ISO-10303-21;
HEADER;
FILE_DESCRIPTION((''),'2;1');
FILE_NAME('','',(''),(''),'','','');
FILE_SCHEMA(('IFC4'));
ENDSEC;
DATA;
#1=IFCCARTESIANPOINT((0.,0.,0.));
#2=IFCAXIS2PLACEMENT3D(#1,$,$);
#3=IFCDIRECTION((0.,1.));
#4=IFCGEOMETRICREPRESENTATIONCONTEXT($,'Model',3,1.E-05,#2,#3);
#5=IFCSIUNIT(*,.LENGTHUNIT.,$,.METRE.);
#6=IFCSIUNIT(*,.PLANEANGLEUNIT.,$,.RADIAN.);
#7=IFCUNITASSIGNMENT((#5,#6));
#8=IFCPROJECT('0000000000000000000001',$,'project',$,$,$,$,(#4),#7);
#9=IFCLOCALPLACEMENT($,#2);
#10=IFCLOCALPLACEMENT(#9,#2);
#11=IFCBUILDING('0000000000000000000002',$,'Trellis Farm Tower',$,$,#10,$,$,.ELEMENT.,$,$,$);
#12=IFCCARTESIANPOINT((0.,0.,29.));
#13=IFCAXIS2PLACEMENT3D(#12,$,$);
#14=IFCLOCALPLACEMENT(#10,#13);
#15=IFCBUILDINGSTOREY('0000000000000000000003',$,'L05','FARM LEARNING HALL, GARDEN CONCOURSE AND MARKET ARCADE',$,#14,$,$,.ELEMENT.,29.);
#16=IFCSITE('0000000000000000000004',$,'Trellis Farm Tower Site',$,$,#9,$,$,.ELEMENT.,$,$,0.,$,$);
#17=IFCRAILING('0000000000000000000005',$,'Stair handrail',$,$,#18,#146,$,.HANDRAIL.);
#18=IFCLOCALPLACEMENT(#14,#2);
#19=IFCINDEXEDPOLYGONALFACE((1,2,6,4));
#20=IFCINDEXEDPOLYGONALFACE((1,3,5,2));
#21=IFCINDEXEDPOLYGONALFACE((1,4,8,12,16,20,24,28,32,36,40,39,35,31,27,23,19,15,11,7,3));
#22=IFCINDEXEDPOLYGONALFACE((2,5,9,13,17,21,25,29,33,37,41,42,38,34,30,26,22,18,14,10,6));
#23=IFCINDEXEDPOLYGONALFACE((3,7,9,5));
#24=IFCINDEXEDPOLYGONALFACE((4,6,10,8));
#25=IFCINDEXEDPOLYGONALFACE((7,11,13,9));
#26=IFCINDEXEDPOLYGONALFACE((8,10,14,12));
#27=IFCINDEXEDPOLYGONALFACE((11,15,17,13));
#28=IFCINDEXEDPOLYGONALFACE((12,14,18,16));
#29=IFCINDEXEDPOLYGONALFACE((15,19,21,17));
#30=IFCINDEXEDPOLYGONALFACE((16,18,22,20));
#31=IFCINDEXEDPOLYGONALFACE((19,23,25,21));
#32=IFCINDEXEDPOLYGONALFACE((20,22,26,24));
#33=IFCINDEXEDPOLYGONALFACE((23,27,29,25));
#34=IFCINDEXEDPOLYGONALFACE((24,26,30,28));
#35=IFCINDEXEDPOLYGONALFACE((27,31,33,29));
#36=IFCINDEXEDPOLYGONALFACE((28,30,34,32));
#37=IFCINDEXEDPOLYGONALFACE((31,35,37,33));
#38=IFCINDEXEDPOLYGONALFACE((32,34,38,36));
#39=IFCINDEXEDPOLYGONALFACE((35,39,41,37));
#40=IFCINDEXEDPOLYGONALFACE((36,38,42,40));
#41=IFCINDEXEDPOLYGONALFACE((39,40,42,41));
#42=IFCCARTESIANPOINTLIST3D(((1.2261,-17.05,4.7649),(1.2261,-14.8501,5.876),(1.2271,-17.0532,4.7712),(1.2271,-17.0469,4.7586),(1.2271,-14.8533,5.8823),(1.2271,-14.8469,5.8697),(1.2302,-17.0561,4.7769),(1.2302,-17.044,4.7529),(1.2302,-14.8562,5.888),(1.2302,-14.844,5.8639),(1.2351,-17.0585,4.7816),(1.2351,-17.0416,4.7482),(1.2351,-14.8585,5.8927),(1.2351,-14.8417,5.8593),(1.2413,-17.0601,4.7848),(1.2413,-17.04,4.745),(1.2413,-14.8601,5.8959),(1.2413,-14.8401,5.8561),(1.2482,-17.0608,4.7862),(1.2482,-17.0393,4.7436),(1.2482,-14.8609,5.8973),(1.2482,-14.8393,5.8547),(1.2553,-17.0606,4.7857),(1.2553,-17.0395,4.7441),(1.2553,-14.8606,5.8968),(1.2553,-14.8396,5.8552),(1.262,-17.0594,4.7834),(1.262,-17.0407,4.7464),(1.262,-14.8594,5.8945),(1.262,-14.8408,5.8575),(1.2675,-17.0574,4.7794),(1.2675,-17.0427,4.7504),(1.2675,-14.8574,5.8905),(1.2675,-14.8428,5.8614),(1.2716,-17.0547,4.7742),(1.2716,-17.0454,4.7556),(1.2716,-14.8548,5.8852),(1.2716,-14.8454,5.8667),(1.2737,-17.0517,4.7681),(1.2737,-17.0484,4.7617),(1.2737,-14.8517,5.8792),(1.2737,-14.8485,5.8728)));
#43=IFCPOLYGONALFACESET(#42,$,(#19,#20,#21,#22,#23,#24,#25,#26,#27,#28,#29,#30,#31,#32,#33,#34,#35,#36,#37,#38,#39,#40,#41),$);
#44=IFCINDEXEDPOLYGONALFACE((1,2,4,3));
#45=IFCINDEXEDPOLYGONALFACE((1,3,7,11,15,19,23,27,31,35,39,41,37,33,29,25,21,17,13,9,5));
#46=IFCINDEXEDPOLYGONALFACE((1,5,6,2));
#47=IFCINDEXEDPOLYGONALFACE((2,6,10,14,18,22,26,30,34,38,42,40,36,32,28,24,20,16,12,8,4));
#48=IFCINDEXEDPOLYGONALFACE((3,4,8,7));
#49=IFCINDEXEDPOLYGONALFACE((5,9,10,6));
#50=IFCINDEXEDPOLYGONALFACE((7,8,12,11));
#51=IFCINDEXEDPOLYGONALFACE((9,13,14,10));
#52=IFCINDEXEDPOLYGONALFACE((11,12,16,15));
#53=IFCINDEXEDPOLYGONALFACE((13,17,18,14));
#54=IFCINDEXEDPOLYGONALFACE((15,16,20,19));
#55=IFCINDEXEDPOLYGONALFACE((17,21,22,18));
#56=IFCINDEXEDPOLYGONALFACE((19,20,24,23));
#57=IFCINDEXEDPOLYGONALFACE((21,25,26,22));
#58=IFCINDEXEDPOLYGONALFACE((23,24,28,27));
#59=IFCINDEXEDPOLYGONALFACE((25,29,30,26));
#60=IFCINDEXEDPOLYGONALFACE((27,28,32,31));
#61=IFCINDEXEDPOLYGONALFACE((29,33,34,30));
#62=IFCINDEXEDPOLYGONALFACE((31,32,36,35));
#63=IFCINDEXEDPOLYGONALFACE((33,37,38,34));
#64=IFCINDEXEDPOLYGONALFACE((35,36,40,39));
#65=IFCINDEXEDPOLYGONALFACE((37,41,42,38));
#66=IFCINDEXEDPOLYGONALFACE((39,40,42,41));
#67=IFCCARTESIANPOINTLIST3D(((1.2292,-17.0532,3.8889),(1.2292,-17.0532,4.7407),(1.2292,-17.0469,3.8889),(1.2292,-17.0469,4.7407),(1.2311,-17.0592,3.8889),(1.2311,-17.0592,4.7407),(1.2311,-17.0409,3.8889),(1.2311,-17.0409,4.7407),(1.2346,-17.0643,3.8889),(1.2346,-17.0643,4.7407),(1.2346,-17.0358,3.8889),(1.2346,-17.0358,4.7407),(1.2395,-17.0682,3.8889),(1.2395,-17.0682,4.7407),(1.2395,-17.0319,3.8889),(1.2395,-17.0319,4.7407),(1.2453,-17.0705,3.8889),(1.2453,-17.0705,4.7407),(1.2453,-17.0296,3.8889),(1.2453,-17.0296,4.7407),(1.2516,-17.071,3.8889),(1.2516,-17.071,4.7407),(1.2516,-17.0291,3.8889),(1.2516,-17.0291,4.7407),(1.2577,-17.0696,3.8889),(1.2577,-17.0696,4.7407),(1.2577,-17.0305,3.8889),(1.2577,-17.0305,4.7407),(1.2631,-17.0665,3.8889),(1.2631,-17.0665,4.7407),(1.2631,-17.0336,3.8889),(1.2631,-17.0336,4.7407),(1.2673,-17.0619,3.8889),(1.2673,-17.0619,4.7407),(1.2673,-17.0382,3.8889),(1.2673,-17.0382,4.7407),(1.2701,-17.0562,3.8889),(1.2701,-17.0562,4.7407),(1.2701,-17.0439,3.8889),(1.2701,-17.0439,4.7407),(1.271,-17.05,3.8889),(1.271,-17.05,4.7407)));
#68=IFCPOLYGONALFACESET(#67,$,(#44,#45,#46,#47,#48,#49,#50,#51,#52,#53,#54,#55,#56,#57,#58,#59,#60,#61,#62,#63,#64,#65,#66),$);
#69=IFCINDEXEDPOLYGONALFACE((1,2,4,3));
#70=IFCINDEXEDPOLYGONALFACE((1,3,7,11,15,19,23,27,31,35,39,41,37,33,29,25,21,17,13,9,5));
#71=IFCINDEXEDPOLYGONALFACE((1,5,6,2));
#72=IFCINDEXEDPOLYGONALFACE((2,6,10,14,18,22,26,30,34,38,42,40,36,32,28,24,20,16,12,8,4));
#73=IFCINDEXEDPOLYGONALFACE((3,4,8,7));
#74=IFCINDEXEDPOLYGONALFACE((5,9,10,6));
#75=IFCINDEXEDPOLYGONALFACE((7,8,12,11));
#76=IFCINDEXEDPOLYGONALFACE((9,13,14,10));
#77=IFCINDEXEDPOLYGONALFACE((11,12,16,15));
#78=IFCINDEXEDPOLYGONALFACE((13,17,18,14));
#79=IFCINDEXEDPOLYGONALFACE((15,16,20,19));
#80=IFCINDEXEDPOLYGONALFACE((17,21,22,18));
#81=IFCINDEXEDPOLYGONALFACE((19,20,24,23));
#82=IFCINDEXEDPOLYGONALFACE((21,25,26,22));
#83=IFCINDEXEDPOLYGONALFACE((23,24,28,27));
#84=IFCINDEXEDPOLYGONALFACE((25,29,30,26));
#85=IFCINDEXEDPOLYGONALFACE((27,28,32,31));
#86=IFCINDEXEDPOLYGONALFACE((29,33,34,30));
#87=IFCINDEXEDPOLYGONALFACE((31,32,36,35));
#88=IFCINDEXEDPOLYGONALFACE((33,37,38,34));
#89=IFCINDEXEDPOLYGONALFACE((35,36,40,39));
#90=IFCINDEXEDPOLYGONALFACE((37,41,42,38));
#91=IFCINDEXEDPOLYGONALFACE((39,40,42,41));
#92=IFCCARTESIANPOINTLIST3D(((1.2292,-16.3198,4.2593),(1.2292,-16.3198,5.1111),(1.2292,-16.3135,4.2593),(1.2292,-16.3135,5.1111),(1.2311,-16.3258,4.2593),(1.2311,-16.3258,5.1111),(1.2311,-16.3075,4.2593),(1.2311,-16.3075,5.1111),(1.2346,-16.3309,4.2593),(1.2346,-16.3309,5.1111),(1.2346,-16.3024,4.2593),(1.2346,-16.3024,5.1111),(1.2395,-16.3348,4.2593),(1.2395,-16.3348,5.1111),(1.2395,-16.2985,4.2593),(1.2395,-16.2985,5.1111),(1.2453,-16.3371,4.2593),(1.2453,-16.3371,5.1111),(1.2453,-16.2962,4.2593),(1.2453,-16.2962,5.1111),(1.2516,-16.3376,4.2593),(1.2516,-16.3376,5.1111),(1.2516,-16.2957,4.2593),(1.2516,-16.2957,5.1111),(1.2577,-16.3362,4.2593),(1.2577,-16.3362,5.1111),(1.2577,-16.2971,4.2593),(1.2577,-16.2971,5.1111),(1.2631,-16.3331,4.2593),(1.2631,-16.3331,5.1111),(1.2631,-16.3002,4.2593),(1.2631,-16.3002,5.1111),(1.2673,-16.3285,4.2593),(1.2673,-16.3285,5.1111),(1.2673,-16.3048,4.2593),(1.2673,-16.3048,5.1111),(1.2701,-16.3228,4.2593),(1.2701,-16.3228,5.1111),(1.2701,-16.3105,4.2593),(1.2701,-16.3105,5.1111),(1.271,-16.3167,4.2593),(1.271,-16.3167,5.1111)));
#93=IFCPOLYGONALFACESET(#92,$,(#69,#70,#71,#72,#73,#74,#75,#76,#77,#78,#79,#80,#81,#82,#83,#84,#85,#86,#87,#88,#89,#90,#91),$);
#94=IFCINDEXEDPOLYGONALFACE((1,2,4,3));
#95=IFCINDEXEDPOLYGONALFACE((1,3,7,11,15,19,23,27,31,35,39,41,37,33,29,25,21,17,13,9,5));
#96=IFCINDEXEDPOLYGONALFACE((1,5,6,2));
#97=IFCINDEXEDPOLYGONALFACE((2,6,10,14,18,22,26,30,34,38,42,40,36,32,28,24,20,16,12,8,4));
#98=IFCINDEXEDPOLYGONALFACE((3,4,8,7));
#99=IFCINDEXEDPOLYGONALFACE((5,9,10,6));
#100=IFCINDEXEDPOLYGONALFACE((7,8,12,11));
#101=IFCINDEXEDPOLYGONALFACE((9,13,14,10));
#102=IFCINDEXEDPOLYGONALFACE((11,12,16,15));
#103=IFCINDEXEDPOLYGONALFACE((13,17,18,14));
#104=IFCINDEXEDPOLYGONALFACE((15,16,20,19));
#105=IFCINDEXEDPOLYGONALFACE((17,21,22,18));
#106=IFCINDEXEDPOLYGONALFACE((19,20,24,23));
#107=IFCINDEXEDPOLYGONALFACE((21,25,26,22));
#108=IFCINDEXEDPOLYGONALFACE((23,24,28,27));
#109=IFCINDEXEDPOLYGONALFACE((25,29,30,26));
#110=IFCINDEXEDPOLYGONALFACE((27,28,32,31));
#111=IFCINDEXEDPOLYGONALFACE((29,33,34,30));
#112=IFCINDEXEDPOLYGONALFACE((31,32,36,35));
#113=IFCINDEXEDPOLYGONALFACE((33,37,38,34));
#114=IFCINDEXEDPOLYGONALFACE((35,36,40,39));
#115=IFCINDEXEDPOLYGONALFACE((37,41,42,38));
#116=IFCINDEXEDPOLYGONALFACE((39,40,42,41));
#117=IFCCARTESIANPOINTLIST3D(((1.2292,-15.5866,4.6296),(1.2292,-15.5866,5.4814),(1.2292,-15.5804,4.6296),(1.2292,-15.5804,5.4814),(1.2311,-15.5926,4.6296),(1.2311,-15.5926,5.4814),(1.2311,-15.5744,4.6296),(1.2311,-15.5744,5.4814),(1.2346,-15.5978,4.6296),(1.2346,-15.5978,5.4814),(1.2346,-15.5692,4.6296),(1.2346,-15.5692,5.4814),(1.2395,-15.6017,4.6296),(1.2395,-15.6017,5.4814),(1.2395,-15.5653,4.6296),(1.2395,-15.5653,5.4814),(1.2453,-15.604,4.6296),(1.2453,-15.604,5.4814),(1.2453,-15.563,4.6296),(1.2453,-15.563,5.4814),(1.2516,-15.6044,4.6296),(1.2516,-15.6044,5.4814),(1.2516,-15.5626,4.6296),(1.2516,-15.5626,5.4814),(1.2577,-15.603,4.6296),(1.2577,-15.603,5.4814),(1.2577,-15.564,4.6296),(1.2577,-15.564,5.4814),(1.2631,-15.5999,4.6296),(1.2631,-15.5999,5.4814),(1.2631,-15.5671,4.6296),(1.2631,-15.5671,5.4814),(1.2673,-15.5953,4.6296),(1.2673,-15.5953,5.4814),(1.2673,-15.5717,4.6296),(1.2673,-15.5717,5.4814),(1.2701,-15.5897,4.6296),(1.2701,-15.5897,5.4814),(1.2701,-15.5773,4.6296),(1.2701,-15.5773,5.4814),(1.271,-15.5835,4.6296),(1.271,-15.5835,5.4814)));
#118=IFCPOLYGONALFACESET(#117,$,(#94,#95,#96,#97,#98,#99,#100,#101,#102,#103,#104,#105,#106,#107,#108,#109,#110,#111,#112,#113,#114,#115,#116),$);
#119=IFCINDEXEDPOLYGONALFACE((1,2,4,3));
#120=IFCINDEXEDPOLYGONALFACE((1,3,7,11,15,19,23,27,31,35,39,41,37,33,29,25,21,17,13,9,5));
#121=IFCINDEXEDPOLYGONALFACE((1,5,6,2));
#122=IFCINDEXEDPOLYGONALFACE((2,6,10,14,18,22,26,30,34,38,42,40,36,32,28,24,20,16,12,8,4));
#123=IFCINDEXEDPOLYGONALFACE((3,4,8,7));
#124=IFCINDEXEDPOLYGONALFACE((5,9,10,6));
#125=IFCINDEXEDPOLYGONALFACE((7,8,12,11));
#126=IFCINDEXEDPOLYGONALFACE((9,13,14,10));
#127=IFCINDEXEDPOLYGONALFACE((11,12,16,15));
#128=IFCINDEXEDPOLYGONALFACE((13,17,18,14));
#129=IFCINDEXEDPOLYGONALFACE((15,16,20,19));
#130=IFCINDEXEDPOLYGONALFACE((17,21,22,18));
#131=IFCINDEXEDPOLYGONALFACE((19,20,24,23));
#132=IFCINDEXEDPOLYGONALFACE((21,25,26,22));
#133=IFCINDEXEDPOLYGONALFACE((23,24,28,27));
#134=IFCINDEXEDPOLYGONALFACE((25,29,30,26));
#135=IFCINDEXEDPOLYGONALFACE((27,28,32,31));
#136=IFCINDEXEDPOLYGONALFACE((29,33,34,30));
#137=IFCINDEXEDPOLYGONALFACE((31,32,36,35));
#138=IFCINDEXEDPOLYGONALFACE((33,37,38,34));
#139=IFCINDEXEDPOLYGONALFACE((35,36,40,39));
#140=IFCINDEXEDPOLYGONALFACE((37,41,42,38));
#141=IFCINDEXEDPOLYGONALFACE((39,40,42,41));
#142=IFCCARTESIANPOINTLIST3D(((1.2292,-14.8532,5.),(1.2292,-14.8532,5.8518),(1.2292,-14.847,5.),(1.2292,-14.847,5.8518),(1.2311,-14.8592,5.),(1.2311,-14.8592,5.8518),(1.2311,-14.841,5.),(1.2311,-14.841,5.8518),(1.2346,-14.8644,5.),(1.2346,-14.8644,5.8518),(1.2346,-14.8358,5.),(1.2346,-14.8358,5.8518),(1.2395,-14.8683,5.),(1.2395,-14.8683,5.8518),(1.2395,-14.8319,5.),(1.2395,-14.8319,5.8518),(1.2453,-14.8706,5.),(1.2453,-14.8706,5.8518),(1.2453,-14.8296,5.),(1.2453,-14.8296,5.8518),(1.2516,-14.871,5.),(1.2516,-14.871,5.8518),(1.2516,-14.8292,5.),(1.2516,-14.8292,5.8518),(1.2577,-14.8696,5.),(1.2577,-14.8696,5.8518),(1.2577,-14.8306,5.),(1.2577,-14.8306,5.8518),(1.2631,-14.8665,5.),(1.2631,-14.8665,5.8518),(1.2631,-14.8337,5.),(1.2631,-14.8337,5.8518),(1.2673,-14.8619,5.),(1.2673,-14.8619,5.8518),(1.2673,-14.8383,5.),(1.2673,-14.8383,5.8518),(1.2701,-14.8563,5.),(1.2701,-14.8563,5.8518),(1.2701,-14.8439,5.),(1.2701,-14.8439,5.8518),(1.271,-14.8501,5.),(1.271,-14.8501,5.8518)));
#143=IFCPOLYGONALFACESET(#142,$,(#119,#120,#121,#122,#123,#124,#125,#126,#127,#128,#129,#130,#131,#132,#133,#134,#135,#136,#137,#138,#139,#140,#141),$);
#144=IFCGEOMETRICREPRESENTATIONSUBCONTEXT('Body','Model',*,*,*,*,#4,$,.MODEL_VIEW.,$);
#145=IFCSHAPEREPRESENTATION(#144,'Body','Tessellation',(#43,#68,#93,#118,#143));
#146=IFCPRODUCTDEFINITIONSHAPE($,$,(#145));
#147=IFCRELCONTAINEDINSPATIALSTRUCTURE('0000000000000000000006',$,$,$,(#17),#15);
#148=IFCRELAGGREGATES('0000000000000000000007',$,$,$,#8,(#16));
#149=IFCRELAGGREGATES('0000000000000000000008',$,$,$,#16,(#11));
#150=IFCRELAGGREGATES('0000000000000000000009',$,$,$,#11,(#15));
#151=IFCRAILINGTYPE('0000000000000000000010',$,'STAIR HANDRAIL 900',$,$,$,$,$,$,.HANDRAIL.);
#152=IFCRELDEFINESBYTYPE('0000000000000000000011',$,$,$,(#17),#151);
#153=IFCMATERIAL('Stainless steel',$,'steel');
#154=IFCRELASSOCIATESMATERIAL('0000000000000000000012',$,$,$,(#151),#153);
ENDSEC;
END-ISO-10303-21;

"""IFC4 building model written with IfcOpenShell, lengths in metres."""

from ifc_helpers import new_model, si_unit, direction, frame, origin, origin_2d, place, context, subcontext, project, spatial, circle, extrude, source, transform, mapped, material, type_object, element, save


model = new_model("IFC4")

# Units and contexts
model_context = context("Model", 3, precision=1e-05, world=origin(), true_north=direction((0.0, 1.0)))
body_context = subcontext(model_context, "Body", "Model", "MODEL_VIEW")
ifc_project = project(units=[si_unit("LENGTHUNIT", "METRE"), si_unit("PLANEANGLEUNIT", "RADIAN")], contexts=[model_context])

# Site, building, storey
site_placement = place(None, origin())
site = spatial("IfcSite", under=ifc_project, at=site_placement, Name="Trellis Farm Tower Site", CompositionType="ELEMENT", RefElevation=0.0)
building_placement = place(site_placement, origin())
building = spatial("IfcBuilding", under=site, at=building_placement, Name="Trellis Farm Tower", CompositionType="ELEMENT")
storey_placement = place(building_placement, frame((0.0, 0.0, 29.0)))
storey = spatial("IfcBuildingStorey", under=building, at=storey_placement, Name="L05", Description="FARM LEARNING HALL, GARDEN CONCOURSE AND MARKET ARCADE", CompositionType="ELEMENT", Elevation=29.0)

# Railing
ifc_material_1 = material(Name="Stainless steel", Category="steel")
railing_type = type_object("IfcRailingType", Name="STAIR HANDRAIL 900", PredefinedType="HANDRAIL", material=ifc_material_1)
shared_shape_1 = source(origin(), body_context, "Body", "SweptSolid", [
    extrude(circle(Radius=0.0239, at=origin_2d()), frame((0.0, 0.0, 0.876), z_axis=(0.0, 0.892617, 0.450816), x_axis=(-1.0, 0.0, 0.0)), (0.0, 0.0, 1.0), 2.4646),
    extrude(circle(Radius=0.021, at=origin_2d()), origin(), (0.0, 0.0, 1.0), 0.8518),
    extrude(circle(Radius=0.021, at=origin_2d()), frame((0.0, 0.7334, 0.3704)), (0.0, 0.0, 1.0), 0.8518),
    extrude(circle(Radius=0.021, at=origin_2d()), frame((0.0, 1.4666, 0.7407)), (0.0, 0.0, 1.0), 0.8518),
    extrude(circle(Radius=0.021, at=origin_2d()), frame((0.0, 2.2, 1.1111)), (0.0, 0.0, 1.0), 0.8518),
])
for number, where, name in (
    (1, (1.25, -17.05, 3.8889), "Stair handrail"),
):
    element("IfcRailing", number, at=place(storey_placement, frame(where)), inside=storey, type_object=railing_type, Name=name, PredefinedType="HANDRAIL", context=body_context, shape_type="MappedRepresentation", body=[
        mapped(shared_shape_1, transform((0.0, 0.0, 0.0))),
    ])

save(model, "model.ifc")
